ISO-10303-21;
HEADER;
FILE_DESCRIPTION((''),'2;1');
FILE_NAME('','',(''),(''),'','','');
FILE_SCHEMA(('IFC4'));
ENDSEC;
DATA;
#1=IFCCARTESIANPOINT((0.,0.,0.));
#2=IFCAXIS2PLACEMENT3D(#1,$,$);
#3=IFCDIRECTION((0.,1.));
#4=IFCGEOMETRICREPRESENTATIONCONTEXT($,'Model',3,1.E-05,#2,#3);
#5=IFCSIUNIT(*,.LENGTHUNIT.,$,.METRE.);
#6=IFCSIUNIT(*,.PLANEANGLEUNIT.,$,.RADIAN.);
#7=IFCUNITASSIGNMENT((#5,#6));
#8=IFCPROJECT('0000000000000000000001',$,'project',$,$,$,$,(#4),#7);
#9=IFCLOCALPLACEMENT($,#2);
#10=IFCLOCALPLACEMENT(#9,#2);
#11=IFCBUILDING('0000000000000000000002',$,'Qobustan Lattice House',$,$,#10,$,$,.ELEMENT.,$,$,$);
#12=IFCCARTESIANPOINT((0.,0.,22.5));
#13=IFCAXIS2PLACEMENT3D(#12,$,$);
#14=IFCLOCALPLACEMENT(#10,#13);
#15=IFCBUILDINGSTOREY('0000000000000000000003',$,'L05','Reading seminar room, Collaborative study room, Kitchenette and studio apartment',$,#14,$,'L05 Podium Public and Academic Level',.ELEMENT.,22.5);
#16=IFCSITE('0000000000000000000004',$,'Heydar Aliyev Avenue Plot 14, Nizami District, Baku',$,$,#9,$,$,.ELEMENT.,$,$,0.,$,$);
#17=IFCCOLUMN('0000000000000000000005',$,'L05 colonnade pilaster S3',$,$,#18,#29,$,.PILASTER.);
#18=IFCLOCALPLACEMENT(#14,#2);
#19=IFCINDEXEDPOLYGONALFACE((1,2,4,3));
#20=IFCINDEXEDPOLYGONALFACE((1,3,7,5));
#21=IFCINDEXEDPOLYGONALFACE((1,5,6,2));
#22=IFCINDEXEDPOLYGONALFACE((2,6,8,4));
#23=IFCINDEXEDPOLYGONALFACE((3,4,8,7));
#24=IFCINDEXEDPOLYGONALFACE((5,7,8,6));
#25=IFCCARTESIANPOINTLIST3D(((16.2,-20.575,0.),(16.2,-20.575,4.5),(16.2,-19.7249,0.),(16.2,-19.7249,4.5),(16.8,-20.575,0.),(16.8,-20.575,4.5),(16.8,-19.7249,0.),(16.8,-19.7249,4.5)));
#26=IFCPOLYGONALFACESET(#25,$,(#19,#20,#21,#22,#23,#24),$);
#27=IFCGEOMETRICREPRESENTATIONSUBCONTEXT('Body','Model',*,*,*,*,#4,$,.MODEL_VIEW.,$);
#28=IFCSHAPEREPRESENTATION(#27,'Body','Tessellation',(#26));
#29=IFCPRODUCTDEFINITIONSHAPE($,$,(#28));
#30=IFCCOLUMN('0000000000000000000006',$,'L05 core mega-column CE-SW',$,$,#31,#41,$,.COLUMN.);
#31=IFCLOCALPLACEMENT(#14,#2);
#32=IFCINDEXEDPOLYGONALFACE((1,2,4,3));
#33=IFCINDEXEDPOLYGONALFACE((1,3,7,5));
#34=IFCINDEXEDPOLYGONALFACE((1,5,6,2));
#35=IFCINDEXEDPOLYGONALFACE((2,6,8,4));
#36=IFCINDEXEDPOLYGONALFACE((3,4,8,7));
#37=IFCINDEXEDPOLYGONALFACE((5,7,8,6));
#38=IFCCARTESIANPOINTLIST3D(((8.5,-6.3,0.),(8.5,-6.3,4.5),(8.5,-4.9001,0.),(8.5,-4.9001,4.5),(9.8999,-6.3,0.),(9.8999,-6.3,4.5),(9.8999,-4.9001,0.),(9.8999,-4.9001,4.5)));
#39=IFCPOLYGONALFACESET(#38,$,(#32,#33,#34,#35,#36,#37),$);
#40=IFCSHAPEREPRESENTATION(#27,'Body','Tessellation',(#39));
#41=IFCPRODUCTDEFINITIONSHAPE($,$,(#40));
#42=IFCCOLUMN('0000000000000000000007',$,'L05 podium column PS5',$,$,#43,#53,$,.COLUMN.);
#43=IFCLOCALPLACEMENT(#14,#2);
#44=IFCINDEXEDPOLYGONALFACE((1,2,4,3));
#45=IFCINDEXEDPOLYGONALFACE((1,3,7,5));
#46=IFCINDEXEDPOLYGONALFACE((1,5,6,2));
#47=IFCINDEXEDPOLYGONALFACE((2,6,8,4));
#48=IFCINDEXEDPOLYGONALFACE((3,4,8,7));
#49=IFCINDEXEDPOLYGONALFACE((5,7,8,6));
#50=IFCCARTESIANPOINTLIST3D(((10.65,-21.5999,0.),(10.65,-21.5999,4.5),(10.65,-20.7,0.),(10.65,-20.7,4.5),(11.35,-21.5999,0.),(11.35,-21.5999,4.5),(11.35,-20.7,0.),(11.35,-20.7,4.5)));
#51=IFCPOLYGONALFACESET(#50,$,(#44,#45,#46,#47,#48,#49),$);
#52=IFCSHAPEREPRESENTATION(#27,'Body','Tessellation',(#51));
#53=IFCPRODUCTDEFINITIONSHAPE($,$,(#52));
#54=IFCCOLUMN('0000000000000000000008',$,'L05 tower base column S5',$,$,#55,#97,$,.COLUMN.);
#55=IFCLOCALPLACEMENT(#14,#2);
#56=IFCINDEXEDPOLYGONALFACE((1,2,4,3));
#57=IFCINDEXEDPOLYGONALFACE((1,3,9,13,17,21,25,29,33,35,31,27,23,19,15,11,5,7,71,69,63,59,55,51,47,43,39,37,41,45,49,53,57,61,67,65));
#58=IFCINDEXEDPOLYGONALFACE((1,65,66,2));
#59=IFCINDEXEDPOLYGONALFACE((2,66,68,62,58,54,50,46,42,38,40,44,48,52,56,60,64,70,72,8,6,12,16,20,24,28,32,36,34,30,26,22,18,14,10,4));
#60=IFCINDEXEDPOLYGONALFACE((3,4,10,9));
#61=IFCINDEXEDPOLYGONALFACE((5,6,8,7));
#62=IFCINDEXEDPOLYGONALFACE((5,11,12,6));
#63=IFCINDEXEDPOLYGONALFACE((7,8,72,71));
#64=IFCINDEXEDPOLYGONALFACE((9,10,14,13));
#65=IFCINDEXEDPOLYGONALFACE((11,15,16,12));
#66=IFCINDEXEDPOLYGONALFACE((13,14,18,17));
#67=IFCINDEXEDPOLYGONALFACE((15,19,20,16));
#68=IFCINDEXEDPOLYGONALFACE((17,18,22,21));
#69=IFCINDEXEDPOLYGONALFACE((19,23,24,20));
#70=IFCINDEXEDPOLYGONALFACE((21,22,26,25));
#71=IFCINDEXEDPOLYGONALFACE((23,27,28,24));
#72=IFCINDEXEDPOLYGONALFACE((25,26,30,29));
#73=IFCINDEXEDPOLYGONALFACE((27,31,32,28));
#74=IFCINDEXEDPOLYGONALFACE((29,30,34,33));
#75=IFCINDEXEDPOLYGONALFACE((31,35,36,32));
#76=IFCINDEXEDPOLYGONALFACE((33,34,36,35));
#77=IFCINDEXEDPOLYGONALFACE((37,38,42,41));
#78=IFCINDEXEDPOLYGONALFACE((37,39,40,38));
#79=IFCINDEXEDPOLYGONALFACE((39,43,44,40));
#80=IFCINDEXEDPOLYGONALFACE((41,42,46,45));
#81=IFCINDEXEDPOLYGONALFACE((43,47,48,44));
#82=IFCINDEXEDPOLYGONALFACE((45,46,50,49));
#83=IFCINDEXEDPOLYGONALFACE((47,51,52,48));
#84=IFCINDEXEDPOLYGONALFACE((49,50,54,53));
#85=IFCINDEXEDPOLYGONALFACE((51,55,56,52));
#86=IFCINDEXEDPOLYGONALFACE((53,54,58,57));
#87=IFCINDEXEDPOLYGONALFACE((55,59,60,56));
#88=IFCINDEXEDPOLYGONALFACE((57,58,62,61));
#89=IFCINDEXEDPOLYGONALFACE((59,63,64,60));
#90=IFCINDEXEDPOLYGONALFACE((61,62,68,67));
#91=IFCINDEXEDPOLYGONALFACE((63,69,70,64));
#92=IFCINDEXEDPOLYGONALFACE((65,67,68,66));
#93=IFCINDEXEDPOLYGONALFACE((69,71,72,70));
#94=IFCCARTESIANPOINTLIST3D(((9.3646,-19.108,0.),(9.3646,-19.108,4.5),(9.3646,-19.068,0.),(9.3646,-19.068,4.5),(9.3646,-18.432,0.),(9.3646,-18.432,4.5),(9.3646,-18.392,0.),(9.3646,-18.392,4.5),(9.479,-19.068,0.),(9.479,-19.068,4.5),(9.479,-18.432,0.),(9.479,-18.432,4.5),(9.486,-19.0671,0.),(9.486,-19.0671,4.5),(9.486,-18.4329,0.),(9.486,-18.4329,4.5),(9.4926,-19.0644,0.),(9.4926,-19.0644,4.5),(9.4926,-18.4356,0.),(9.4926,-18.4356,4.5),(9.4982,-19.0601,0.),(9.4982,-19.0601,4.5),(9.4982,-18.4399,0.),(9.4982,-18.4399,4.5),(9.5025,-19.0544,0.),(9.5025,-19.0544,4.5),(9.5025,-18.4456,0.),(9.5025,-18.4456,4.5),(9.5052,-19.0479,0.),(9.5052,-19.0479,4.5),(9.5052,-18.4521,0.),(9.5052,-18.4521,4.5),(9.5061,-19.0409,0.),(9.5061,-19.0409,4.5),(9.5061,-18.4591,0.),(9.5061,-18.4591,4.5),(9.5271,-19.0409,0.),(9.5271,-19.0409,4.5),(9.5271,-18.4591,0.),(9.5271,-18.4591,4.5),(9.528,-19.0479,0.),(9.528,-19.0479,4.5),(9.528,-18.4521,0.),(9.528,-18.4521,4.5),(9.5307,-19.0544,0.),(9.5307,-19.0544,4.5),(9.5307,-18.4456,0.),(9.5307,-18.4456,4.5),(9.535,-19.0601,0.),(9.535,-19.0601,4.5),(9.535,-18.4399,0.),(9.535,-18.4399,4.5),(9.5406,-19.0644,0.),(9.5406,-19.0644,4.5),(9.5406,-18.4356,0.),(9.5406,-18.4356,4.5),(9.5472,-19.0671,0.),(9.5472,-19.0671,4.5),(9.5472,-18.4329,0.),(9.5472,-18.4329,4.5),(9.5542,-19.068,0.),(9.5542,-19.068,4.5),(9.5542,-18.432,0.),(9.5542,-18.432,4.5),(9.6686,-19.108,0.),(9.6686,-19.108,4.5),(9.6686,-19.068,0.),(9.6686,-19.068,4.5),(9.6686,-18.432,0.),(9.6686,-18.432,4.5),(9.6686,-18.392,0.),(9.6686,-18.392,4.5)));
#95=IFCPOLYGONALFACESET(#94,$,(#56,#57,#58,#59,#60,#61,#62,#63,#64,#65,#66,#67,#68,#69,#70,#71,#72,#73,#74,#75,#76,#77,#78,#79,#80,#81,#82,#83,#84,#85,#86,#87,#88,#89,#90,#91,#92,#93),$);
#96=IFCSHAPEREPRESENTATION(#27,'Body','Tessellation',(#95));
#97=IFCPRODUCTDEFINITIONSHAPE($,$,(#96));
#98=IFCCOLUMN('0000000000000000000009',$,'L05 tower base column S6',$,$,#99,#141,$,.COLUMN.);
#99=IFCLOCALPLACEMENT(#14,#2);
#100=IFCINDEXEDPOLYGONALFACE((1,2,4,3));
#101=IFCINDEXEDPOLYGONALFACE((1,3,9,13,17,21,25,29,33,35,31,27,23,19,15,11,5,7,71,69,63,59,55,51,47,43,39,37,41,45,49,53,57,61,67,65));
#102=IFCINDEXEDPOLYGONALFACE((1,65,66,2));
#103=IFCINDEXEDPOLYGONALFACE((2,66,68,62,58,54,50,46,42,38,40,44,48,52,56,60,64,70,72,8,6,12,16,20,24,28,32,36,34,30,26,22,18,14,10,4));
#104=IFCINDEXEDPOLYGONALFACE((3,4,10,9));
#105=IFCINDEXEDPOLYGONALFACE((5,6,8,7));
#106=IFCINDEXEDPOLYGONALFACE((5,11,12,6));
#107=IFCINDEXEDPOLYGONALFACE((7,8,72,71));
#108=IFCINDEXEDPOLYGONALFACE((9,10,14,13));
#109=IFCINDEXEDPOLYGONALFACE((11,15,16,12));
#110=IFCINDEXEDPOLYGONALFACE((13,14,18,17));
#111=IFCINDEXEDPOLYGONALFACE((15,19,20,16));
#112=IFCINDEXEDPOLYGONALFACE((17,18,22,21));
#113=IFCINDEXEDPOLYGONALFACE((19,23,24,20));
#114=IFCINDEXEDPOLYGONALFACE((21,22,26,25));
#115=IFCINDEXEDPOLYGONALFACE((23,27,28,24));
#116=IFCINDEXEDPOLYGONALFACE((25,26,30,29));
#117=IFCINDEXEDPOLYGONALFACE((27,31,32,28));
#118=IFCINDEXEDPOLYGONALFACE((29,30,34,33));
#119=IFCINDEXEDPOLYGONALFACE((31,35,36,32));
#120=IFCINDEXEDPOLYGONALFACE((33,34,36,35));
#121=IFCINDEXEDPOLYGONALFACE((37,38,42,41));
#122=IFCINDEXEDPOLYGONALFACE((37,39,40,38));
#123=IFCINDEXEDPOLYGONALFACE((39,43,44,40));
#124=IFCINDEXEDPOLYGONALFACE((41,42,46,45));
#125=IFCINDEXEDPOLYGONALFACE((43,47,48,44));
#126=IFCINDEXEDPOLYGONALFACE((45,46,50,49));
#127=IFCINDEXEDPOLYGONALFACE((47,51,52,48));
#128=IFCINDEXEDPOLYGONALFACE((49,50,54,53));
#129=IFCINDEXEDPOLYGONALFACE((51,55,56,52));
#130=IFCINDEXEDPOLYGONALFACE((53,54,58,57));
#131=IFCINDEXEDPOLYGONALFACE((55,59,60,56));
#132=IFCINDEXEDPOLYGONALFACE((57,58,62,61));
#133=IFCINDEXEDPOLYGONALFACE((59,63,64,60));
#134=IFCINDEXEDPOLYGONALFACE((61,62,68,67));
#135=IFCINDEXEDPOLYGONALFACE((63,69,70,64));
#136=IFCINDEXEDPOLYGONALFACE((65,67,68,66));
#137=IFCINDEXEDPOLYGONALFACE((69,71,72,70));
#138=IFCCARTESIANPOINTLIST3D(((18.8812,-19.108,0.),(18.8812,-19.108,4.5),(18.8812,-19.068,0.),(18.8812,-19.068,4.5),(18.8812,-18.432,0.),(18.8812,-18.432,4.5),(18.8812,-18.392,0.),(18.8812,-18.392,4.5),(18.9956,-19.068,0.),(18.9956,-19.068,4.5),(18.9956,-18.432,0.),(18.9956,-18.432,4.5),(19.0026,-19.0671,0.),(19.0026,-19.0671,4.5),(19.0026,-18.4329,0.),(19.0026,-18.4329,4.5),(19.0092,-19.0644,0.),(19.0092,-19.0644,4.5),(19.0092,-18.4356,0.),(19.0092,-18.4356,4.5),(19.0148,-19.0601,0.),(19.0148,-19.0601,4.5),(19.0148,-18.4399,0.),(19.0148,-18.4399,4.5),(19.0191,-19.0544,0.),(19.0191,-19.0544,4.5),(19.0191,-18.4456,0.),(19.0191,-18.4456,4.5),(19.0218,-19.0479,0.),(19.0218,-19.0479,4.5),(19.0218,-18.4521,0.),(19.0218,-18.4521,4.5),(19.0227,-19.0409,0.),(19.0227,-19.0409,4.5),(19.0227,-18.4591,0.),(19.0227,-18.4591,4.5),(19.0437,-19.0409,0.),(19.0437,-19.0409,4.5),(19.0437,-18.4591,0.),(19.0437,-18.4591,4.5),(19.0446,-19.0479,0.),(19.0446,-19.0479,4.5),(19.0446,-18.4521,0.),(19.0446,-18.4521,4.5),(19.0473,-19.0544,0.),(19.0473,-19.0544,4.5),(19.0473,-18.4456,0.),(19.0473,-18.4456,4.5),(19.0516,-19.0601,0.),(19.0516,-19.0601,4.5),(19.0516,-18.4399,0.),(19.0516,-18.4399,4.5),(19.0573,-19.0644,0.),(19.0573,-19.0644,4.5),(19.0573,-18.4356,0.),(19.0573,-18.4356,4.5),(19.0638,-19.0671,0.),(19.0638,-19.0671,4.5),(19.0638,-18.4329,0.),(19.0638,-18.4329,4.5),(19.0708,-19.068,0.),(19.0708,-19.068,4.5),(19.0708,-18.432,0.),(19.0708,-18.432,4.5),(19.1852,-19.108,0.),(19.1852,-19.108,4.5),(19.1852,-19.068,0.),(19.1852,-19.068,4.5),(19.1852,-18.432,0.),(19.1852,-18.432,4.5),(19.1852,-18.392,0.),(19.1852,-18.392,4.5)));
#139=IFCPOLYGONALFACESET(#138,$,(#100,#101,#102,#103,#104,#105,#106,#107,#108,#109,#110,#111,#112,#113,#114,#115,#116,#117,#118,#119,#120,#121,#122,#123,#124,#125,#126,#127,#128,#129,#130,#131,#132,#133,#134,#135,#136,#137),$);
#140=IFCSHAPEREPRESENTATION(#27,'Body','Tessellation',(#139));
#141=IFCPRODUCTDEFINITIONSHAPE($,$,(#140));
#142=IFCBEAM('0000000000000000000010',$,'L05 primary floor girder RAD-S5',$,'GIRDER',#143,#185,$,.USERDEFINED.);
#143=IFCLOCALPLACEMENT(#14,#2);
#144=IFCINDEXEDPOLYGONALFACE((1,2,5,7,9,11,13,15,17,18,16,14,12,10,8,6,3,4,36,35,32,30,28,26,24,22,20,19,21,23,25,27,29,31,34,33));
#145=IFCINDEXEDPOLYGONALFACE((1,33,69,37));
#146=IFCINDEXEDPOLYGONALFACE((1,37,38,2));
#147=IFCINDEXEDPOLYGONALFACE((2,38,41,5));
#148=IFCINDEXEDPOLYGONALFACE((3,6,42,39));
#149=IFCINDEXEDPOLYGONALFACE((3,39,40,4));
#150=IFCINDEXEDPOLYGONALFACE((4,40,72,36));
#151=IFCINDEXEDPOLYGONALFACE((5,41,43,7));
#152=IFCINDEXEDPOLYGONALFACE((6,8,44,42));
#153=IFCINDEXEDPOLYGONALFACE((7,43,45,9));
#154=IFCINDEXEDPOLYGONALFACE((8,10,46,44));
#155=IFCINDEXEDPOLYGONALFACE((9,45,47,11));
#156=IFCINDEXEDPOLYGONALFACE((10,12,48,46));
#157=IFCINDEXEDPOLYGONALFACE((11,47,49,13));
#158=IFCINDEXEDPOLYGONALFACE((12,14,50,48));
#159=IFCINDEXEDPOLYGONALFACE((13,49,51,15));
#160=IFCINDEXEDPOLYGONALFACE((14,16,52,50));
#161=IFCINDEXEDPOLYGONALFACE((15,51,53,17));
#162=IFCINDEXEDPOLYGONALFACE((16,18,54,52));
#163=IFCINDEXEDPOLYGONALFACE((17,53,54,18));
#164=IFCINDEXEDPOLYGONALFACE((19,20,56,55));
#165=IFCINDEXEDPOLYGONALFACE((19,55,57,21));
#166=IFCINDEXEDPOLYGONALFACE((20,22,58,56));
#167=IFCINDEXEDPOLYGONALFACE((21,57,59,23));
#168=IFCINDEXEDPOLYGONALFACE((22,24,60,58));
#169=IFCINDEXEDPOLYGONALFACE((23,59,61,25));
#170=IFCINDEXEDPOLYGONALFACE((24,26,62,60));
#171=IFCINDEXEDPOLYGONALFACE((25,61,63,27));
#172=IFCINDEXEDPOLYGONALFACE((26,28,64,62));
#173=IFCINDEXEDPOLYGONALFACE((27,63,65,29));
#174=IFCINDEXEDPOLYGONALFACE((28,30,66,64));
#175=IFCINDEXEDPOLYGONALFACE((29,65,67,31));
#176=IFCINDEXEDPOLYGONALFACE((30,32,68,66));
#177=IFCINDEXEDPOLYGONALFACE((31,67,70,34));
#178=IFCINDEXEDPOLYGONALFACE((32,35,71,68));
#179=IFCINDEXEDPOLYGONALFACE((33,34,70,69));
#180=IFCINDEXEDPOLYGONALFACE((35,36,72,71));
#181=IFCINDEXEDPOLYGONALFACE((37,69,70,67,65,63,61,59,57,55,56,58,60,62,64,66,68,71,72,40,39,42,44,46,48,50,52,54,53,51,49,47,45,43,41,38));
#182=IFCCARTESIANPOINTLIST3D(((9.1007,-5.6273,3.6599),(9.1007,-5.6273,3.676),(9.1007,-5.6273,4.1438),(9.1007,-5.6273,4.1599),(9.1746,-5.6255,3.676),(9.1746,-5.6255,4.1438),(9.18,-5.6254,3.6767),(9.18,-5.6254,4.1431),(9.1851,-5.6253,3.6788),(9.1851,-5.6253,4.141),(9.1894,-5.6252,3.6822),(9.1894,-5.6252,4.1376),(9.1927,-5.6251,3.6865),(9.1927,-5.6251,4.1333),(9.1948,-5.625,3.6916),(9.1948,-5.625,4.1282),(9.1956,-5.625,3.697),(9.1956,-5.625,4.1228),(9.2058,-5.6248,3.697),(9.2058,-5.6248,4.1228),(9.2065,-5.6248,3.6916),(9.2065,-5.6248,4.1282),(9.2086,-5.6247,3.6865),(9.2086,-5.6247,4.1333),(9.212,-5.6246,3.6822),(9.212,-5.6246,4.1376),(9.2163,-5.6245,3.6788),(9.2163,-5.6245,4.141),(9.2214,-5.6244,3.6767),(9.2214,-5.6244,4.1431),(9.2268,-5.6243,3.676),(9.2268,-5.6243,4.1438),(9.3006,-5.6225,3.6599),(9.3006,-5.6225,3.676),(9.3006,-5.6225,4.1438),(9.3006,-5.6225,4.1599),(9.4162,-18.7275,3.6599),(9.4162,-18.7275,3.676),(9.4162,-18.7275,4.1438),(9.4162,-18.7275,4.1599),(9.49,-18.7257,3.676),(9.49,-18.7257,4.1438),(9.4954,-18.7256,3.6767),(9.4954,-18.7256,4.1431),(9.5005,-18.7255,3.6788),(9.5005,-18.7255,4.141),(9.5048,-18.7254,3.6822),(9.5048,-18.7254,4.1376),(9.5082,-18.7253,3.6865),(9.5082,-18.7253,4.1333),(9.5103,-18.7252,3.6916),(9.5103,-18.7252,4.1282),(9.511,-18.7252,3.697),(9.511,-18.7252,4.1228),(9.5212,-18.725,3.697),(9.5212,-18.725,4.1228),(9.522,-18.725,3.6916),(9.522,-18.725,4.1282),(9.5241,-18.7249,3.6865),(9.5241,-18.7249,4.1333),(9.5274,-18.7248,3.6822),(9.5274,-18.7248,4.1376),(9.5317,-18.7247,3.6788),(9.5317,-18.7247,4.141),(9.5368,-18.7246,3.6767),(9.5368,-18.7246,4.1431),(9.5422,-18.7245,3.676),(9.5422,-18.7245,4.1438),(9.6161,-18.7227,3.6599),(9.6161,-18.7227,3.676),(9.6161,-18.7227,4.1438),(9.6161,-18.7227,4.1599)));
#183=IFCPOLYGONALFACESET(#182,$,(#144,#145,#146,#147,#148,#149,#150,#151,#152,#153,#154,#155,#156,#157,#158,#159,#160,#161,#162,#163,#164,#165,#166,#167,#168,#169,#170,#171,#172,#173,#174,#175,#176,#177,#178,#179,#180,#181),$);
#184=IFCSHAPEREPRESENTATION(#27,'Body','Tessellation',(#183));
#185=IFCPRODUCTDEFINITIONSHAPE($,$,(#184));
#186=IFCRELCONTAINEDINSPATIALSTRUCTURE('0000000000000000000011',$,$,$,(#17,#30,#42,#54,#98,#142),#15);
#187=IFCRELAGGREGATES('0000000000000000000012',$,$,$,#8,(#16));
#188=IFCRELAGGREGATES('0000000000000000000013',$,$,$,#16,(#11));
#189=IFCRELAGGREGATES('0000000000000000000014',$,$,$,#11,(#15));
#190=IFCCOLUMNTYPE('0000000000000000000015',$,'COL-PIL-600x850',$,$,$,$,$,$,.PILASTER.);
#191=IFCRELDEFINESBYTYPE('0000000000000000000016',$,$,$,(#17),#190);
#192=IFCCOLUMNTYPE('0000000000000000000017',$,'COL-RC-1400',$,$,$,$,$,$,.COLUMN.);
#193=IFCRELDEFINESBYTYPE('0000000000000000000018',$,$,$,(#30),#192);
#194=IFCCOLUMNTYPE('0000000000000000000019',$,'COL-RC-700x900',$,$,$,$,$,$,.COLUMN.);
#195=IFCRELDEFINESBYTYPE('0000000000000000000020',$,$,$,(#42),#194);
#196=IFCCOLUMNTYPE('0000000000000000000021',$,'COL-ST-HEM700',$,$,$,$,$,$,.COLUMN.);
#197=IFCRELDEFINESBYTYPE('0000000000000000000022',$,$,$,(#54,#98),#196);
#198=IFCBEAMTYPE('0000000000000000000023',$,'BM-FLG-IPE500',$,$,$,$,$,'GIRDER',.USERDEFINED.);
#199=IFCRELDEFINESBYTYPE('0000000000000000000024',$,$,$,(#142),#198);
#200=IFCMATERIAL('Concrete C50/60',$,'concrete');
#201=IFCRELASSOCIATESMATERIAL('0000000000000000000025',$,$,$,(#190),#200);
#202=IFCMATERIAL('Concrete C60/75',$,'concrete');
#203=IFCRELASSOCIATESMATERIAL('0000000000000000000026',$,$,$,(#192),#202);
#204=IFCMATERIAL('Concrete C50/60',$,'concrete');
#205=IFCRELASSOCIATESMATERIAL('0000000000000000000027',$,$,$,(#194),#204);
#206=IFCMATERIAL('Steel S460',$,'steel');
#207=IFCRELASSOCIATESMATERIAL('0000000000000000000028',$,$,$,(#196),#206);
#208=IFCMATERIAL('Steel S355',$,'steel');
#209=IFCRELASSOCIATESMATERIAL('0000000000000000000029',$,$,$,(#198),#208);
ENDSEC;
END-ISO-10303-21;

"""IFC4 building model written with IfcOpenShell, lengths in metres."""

from ifc_helpers import new_model, si_unit, direction, frame, origin, origin_2d, place, context, subcontext, project, spatial, rectangle, i_section, extrude, material, material_profile, profile_set, type_object, element, save


model = new_model("IFC4")

# Units and contexts
model_context = context("Model", 3, precision=1e-05, world=origin(), true_north=direction((0.0, 1.0)))
body_context = subcontext(model_context, "Body", "Model", "MODEL_VIEW")
ifc_project = project(units=[si_unit("LENGTHUNIT", "METRE"), si_unit("PLANEANGLEUNIT", "RADIAN")], contexts=[model_context])

# Site, building, storey
site_placement = place(None, origin())
site = spatial("IfcSite", under=ifc_project, at=site_placement, Name="Heydar Aliyev Avenue Plot 14, Nizami District, Baku", CompositionType="ELEMENT", RefElevation=0.0)
building_placement = place(site_placement, origin())
building = spatial("IfcBuilding", under=site, at=building_placement, Name="Qobustan Lattice House", CompositionType="ELEMENT")
storey_placement = place(building_placement, frame((0.0, 0.0, 22.5)))
storey = spatial("IfcBuildingStorey", under=building, at=storey_placement, Name="L05", Description="Reading seminar room, Collaborative study room, Kitchenette and studio apartment", LongName="L05 Podium Public and Academic Level", CompositionType="ELEMENT", Elevation=22.5)

# Columns
ifc_material_1 = material(Name="Concrete C50/60", Category="concrete")
ifc_material_profile_1 = material_profile(ifc_material_1, rectangle(XDim=0.6001, YDim=0.8501, at=origin_2d()), Name="RC600x850")
ifc_profile_set_1 = profile_set([ifc_material_profile_1], Name="Concrete C50/60")
column_type_1 = type_object("IfcColumnType", Name="COL-PIL-600x850", PredefinedType="PILASTER", material=ifc_profile_set_1)
column_1_placement = place(storey_placement, frame((16.5, -20.1499, 0.0), z_axis=(0.0, 0.0, 1.0), x_axis=(1.0, 0.0, 0.0)))
element("IfcColumn", 1, at=column_1_placement, inside=storey, type_object=column_type_1, Name="L05 colonnade pilaster S3", PredefinedType="PILASTER", context=body_context, shape_type="SweptSolid", body=[
    extrude(rectangle(XDim=0.6001, YDim=0.8501, at=origin_2d()), origin(), (0.0, 0.0, 1.0), 4.5),
])
ifc_material_2 = material(Name="Concrete C60/75", Category="concrete")
ifc_material_profile_2 = material_profile(ifc_material_2, rectangle(XDim=1.3999, YDim=1.3999, at=origin_2d()), Name="RC1400x1400")
ifc_profile_set_2 = profile_set([ifc_material_profile_2], Name="Concrete C60/75")
column_type_2 = type_object("IfcColumnType", Name="COL-RC-1400", PredefinedType="COLUMN", material=ifc_profile_set_2)
column_2_placement = place(storey_placement, frame((9.2, -5.6001, 0.0), z_axis=(0.0, 0.0, 1.0), x_axis=(1.0, 0.0, 0.0)))
element("IfcColumn", 2, at=column_2_placement, inside=storey, type_object=column_type_2, Name="L05 core mega-column CE-SW", PredefinedType="COLUMN", context=body_context, shape_type="SweptSolid", body=[
    extrude(rectangle(XDim=1.3999, YDim=1.3999, at=origin_2d()), origin(), (0.0, 0.0, 1.0), 4.5),
])
ifc_material_3 = material(Name="Concrete C50/60", Category="concrete")
ifc_material_profile_3 = material_profile(ifc_material_3, rectangle(XDim=0.7, YDim=0.8999, at=origin_2d()), Name="RC700x900")
ifc_profile_set_3 = profile_set([ifc_material_profile_3], Name="Concrete C50/60")
column_type_3 = type_object("IfcColumnType", Name="COL-RC-700x900", PredefinedType="COLUMN", material=ifc_profile_set_3)
column_3_placement = place(storey_placement, frame((11.0, -21.1499, 0.0), z_axis=(0.0, 0.0, 1.0), x_axis=(1.0, 0.0, 0.0)))
element("IfcColumn", 3, at=column_3_placement, inside=storey, type_object=column_type_3, Name="L05 podium column PS5", PredefinedType="COLUMN", context=body_context, shape_type="SweptSolid", body=[
    extrude(rectangle(XDim=0.7, YDim=0.8999, at=origin_2d()), origin(), (0.0, 0.0, 1.0), 4.5),
])
ifc_material_4 = material(Name="Steel S460", Category="steel")
ifc_material_profile_4 = material_profile(ifc_material_4, i_section(OverallWidth=0.304, OverallDepth=0.7161, WebThickness=0.021, FlangeThickness=0.04, FilletRadius=0.0271, at=origin_2d()), Name="HEM700")
ifc_profile_set_4 = profile_set([ifc_material_profile_4], Name="Steel S460")
column_type_4 = type_object("IfcColumnType", Name="COL-ST-HEM700", PredefinedType="COLUMN", material=ifc_profile_set_4)
for number, where, z_axis, x_axis, name in (
    (4, (9.5166, -18.75, 0.0), (0.0, 0.0, 1.0), (1.0, 0.0, 0.0), "L05 tower base column S5"),
    (5, (19.0332, -18.75, 0.0), (0.0, 0.0, 1.0), (1.0, 0.0, 0.0), "L05 tower base column S6"),
):
    element("IfcColumn", number, at=place(storey_placement, frame(where, z_axis=z_axis, x_axis=x_axis)), inside=storey, type_object=column_type_4, Name=name, PredefinedType="COLUMN", context=body_context, shape_type="SweptSolid", body=[
        extrude(i_section(OverallWidth=0.304, OverallDepth=0.7161, WebThickness=0.021, FlangeThickness=0.04, FilletRadius=0.0271, at=origin_2d()), origin(), (0.0, 0.0, 1.0), 4.5),
    ])

# Beam
ifc_material_5 = material(Name="Steel S355", Category="steel")
ifc_material_profile_5 = material_profile(ifc_material_5, i_section(OverallWidth=0.2, OverallDepth=0.5, WebThickness=0.0103, FlangeThickness=0.0161, FilletRadius=0.021, at=origin_2d()), Name="IPE500")
ifc_profile_set_5 = profile_set([ifc_material_profile_5], Name="Steel S355")
beam_type_1 = type_object("IfcBeamType", Name="BM-FLG-IPE500", ElementType="GIRDER", PredefinedType="USERDEFINED", material=ifc_profile_set_5)
beam_1_placement = place(storey_placement, frame((9.5161, -18.7251, 3.9099), z_axis=(-0.024071, 0.99971, 0.0), x_axis=(-0.99971, -0.024071, 0.0)))
element("IfcBeam", 6, at=beam_1_placement, inside=storey, type_object=beam_type_1, Name="L05 primary floor girder RAD-S5", ObjectType="GIRDER", PredefinedType="USERDEFINED", context=body_context, shape_type="SweptSolid", body=[
    extrude(i_section(OverallWidth=0.2, OverallDepth=0.5, WebThickness=0.0103, FlangeThickness=0.0161, FilletRadius=0.021, at=origin_2d()), origin(), (0.0, 0.0, 1.0), 13.104),
])

save(model, "model.ifc")
